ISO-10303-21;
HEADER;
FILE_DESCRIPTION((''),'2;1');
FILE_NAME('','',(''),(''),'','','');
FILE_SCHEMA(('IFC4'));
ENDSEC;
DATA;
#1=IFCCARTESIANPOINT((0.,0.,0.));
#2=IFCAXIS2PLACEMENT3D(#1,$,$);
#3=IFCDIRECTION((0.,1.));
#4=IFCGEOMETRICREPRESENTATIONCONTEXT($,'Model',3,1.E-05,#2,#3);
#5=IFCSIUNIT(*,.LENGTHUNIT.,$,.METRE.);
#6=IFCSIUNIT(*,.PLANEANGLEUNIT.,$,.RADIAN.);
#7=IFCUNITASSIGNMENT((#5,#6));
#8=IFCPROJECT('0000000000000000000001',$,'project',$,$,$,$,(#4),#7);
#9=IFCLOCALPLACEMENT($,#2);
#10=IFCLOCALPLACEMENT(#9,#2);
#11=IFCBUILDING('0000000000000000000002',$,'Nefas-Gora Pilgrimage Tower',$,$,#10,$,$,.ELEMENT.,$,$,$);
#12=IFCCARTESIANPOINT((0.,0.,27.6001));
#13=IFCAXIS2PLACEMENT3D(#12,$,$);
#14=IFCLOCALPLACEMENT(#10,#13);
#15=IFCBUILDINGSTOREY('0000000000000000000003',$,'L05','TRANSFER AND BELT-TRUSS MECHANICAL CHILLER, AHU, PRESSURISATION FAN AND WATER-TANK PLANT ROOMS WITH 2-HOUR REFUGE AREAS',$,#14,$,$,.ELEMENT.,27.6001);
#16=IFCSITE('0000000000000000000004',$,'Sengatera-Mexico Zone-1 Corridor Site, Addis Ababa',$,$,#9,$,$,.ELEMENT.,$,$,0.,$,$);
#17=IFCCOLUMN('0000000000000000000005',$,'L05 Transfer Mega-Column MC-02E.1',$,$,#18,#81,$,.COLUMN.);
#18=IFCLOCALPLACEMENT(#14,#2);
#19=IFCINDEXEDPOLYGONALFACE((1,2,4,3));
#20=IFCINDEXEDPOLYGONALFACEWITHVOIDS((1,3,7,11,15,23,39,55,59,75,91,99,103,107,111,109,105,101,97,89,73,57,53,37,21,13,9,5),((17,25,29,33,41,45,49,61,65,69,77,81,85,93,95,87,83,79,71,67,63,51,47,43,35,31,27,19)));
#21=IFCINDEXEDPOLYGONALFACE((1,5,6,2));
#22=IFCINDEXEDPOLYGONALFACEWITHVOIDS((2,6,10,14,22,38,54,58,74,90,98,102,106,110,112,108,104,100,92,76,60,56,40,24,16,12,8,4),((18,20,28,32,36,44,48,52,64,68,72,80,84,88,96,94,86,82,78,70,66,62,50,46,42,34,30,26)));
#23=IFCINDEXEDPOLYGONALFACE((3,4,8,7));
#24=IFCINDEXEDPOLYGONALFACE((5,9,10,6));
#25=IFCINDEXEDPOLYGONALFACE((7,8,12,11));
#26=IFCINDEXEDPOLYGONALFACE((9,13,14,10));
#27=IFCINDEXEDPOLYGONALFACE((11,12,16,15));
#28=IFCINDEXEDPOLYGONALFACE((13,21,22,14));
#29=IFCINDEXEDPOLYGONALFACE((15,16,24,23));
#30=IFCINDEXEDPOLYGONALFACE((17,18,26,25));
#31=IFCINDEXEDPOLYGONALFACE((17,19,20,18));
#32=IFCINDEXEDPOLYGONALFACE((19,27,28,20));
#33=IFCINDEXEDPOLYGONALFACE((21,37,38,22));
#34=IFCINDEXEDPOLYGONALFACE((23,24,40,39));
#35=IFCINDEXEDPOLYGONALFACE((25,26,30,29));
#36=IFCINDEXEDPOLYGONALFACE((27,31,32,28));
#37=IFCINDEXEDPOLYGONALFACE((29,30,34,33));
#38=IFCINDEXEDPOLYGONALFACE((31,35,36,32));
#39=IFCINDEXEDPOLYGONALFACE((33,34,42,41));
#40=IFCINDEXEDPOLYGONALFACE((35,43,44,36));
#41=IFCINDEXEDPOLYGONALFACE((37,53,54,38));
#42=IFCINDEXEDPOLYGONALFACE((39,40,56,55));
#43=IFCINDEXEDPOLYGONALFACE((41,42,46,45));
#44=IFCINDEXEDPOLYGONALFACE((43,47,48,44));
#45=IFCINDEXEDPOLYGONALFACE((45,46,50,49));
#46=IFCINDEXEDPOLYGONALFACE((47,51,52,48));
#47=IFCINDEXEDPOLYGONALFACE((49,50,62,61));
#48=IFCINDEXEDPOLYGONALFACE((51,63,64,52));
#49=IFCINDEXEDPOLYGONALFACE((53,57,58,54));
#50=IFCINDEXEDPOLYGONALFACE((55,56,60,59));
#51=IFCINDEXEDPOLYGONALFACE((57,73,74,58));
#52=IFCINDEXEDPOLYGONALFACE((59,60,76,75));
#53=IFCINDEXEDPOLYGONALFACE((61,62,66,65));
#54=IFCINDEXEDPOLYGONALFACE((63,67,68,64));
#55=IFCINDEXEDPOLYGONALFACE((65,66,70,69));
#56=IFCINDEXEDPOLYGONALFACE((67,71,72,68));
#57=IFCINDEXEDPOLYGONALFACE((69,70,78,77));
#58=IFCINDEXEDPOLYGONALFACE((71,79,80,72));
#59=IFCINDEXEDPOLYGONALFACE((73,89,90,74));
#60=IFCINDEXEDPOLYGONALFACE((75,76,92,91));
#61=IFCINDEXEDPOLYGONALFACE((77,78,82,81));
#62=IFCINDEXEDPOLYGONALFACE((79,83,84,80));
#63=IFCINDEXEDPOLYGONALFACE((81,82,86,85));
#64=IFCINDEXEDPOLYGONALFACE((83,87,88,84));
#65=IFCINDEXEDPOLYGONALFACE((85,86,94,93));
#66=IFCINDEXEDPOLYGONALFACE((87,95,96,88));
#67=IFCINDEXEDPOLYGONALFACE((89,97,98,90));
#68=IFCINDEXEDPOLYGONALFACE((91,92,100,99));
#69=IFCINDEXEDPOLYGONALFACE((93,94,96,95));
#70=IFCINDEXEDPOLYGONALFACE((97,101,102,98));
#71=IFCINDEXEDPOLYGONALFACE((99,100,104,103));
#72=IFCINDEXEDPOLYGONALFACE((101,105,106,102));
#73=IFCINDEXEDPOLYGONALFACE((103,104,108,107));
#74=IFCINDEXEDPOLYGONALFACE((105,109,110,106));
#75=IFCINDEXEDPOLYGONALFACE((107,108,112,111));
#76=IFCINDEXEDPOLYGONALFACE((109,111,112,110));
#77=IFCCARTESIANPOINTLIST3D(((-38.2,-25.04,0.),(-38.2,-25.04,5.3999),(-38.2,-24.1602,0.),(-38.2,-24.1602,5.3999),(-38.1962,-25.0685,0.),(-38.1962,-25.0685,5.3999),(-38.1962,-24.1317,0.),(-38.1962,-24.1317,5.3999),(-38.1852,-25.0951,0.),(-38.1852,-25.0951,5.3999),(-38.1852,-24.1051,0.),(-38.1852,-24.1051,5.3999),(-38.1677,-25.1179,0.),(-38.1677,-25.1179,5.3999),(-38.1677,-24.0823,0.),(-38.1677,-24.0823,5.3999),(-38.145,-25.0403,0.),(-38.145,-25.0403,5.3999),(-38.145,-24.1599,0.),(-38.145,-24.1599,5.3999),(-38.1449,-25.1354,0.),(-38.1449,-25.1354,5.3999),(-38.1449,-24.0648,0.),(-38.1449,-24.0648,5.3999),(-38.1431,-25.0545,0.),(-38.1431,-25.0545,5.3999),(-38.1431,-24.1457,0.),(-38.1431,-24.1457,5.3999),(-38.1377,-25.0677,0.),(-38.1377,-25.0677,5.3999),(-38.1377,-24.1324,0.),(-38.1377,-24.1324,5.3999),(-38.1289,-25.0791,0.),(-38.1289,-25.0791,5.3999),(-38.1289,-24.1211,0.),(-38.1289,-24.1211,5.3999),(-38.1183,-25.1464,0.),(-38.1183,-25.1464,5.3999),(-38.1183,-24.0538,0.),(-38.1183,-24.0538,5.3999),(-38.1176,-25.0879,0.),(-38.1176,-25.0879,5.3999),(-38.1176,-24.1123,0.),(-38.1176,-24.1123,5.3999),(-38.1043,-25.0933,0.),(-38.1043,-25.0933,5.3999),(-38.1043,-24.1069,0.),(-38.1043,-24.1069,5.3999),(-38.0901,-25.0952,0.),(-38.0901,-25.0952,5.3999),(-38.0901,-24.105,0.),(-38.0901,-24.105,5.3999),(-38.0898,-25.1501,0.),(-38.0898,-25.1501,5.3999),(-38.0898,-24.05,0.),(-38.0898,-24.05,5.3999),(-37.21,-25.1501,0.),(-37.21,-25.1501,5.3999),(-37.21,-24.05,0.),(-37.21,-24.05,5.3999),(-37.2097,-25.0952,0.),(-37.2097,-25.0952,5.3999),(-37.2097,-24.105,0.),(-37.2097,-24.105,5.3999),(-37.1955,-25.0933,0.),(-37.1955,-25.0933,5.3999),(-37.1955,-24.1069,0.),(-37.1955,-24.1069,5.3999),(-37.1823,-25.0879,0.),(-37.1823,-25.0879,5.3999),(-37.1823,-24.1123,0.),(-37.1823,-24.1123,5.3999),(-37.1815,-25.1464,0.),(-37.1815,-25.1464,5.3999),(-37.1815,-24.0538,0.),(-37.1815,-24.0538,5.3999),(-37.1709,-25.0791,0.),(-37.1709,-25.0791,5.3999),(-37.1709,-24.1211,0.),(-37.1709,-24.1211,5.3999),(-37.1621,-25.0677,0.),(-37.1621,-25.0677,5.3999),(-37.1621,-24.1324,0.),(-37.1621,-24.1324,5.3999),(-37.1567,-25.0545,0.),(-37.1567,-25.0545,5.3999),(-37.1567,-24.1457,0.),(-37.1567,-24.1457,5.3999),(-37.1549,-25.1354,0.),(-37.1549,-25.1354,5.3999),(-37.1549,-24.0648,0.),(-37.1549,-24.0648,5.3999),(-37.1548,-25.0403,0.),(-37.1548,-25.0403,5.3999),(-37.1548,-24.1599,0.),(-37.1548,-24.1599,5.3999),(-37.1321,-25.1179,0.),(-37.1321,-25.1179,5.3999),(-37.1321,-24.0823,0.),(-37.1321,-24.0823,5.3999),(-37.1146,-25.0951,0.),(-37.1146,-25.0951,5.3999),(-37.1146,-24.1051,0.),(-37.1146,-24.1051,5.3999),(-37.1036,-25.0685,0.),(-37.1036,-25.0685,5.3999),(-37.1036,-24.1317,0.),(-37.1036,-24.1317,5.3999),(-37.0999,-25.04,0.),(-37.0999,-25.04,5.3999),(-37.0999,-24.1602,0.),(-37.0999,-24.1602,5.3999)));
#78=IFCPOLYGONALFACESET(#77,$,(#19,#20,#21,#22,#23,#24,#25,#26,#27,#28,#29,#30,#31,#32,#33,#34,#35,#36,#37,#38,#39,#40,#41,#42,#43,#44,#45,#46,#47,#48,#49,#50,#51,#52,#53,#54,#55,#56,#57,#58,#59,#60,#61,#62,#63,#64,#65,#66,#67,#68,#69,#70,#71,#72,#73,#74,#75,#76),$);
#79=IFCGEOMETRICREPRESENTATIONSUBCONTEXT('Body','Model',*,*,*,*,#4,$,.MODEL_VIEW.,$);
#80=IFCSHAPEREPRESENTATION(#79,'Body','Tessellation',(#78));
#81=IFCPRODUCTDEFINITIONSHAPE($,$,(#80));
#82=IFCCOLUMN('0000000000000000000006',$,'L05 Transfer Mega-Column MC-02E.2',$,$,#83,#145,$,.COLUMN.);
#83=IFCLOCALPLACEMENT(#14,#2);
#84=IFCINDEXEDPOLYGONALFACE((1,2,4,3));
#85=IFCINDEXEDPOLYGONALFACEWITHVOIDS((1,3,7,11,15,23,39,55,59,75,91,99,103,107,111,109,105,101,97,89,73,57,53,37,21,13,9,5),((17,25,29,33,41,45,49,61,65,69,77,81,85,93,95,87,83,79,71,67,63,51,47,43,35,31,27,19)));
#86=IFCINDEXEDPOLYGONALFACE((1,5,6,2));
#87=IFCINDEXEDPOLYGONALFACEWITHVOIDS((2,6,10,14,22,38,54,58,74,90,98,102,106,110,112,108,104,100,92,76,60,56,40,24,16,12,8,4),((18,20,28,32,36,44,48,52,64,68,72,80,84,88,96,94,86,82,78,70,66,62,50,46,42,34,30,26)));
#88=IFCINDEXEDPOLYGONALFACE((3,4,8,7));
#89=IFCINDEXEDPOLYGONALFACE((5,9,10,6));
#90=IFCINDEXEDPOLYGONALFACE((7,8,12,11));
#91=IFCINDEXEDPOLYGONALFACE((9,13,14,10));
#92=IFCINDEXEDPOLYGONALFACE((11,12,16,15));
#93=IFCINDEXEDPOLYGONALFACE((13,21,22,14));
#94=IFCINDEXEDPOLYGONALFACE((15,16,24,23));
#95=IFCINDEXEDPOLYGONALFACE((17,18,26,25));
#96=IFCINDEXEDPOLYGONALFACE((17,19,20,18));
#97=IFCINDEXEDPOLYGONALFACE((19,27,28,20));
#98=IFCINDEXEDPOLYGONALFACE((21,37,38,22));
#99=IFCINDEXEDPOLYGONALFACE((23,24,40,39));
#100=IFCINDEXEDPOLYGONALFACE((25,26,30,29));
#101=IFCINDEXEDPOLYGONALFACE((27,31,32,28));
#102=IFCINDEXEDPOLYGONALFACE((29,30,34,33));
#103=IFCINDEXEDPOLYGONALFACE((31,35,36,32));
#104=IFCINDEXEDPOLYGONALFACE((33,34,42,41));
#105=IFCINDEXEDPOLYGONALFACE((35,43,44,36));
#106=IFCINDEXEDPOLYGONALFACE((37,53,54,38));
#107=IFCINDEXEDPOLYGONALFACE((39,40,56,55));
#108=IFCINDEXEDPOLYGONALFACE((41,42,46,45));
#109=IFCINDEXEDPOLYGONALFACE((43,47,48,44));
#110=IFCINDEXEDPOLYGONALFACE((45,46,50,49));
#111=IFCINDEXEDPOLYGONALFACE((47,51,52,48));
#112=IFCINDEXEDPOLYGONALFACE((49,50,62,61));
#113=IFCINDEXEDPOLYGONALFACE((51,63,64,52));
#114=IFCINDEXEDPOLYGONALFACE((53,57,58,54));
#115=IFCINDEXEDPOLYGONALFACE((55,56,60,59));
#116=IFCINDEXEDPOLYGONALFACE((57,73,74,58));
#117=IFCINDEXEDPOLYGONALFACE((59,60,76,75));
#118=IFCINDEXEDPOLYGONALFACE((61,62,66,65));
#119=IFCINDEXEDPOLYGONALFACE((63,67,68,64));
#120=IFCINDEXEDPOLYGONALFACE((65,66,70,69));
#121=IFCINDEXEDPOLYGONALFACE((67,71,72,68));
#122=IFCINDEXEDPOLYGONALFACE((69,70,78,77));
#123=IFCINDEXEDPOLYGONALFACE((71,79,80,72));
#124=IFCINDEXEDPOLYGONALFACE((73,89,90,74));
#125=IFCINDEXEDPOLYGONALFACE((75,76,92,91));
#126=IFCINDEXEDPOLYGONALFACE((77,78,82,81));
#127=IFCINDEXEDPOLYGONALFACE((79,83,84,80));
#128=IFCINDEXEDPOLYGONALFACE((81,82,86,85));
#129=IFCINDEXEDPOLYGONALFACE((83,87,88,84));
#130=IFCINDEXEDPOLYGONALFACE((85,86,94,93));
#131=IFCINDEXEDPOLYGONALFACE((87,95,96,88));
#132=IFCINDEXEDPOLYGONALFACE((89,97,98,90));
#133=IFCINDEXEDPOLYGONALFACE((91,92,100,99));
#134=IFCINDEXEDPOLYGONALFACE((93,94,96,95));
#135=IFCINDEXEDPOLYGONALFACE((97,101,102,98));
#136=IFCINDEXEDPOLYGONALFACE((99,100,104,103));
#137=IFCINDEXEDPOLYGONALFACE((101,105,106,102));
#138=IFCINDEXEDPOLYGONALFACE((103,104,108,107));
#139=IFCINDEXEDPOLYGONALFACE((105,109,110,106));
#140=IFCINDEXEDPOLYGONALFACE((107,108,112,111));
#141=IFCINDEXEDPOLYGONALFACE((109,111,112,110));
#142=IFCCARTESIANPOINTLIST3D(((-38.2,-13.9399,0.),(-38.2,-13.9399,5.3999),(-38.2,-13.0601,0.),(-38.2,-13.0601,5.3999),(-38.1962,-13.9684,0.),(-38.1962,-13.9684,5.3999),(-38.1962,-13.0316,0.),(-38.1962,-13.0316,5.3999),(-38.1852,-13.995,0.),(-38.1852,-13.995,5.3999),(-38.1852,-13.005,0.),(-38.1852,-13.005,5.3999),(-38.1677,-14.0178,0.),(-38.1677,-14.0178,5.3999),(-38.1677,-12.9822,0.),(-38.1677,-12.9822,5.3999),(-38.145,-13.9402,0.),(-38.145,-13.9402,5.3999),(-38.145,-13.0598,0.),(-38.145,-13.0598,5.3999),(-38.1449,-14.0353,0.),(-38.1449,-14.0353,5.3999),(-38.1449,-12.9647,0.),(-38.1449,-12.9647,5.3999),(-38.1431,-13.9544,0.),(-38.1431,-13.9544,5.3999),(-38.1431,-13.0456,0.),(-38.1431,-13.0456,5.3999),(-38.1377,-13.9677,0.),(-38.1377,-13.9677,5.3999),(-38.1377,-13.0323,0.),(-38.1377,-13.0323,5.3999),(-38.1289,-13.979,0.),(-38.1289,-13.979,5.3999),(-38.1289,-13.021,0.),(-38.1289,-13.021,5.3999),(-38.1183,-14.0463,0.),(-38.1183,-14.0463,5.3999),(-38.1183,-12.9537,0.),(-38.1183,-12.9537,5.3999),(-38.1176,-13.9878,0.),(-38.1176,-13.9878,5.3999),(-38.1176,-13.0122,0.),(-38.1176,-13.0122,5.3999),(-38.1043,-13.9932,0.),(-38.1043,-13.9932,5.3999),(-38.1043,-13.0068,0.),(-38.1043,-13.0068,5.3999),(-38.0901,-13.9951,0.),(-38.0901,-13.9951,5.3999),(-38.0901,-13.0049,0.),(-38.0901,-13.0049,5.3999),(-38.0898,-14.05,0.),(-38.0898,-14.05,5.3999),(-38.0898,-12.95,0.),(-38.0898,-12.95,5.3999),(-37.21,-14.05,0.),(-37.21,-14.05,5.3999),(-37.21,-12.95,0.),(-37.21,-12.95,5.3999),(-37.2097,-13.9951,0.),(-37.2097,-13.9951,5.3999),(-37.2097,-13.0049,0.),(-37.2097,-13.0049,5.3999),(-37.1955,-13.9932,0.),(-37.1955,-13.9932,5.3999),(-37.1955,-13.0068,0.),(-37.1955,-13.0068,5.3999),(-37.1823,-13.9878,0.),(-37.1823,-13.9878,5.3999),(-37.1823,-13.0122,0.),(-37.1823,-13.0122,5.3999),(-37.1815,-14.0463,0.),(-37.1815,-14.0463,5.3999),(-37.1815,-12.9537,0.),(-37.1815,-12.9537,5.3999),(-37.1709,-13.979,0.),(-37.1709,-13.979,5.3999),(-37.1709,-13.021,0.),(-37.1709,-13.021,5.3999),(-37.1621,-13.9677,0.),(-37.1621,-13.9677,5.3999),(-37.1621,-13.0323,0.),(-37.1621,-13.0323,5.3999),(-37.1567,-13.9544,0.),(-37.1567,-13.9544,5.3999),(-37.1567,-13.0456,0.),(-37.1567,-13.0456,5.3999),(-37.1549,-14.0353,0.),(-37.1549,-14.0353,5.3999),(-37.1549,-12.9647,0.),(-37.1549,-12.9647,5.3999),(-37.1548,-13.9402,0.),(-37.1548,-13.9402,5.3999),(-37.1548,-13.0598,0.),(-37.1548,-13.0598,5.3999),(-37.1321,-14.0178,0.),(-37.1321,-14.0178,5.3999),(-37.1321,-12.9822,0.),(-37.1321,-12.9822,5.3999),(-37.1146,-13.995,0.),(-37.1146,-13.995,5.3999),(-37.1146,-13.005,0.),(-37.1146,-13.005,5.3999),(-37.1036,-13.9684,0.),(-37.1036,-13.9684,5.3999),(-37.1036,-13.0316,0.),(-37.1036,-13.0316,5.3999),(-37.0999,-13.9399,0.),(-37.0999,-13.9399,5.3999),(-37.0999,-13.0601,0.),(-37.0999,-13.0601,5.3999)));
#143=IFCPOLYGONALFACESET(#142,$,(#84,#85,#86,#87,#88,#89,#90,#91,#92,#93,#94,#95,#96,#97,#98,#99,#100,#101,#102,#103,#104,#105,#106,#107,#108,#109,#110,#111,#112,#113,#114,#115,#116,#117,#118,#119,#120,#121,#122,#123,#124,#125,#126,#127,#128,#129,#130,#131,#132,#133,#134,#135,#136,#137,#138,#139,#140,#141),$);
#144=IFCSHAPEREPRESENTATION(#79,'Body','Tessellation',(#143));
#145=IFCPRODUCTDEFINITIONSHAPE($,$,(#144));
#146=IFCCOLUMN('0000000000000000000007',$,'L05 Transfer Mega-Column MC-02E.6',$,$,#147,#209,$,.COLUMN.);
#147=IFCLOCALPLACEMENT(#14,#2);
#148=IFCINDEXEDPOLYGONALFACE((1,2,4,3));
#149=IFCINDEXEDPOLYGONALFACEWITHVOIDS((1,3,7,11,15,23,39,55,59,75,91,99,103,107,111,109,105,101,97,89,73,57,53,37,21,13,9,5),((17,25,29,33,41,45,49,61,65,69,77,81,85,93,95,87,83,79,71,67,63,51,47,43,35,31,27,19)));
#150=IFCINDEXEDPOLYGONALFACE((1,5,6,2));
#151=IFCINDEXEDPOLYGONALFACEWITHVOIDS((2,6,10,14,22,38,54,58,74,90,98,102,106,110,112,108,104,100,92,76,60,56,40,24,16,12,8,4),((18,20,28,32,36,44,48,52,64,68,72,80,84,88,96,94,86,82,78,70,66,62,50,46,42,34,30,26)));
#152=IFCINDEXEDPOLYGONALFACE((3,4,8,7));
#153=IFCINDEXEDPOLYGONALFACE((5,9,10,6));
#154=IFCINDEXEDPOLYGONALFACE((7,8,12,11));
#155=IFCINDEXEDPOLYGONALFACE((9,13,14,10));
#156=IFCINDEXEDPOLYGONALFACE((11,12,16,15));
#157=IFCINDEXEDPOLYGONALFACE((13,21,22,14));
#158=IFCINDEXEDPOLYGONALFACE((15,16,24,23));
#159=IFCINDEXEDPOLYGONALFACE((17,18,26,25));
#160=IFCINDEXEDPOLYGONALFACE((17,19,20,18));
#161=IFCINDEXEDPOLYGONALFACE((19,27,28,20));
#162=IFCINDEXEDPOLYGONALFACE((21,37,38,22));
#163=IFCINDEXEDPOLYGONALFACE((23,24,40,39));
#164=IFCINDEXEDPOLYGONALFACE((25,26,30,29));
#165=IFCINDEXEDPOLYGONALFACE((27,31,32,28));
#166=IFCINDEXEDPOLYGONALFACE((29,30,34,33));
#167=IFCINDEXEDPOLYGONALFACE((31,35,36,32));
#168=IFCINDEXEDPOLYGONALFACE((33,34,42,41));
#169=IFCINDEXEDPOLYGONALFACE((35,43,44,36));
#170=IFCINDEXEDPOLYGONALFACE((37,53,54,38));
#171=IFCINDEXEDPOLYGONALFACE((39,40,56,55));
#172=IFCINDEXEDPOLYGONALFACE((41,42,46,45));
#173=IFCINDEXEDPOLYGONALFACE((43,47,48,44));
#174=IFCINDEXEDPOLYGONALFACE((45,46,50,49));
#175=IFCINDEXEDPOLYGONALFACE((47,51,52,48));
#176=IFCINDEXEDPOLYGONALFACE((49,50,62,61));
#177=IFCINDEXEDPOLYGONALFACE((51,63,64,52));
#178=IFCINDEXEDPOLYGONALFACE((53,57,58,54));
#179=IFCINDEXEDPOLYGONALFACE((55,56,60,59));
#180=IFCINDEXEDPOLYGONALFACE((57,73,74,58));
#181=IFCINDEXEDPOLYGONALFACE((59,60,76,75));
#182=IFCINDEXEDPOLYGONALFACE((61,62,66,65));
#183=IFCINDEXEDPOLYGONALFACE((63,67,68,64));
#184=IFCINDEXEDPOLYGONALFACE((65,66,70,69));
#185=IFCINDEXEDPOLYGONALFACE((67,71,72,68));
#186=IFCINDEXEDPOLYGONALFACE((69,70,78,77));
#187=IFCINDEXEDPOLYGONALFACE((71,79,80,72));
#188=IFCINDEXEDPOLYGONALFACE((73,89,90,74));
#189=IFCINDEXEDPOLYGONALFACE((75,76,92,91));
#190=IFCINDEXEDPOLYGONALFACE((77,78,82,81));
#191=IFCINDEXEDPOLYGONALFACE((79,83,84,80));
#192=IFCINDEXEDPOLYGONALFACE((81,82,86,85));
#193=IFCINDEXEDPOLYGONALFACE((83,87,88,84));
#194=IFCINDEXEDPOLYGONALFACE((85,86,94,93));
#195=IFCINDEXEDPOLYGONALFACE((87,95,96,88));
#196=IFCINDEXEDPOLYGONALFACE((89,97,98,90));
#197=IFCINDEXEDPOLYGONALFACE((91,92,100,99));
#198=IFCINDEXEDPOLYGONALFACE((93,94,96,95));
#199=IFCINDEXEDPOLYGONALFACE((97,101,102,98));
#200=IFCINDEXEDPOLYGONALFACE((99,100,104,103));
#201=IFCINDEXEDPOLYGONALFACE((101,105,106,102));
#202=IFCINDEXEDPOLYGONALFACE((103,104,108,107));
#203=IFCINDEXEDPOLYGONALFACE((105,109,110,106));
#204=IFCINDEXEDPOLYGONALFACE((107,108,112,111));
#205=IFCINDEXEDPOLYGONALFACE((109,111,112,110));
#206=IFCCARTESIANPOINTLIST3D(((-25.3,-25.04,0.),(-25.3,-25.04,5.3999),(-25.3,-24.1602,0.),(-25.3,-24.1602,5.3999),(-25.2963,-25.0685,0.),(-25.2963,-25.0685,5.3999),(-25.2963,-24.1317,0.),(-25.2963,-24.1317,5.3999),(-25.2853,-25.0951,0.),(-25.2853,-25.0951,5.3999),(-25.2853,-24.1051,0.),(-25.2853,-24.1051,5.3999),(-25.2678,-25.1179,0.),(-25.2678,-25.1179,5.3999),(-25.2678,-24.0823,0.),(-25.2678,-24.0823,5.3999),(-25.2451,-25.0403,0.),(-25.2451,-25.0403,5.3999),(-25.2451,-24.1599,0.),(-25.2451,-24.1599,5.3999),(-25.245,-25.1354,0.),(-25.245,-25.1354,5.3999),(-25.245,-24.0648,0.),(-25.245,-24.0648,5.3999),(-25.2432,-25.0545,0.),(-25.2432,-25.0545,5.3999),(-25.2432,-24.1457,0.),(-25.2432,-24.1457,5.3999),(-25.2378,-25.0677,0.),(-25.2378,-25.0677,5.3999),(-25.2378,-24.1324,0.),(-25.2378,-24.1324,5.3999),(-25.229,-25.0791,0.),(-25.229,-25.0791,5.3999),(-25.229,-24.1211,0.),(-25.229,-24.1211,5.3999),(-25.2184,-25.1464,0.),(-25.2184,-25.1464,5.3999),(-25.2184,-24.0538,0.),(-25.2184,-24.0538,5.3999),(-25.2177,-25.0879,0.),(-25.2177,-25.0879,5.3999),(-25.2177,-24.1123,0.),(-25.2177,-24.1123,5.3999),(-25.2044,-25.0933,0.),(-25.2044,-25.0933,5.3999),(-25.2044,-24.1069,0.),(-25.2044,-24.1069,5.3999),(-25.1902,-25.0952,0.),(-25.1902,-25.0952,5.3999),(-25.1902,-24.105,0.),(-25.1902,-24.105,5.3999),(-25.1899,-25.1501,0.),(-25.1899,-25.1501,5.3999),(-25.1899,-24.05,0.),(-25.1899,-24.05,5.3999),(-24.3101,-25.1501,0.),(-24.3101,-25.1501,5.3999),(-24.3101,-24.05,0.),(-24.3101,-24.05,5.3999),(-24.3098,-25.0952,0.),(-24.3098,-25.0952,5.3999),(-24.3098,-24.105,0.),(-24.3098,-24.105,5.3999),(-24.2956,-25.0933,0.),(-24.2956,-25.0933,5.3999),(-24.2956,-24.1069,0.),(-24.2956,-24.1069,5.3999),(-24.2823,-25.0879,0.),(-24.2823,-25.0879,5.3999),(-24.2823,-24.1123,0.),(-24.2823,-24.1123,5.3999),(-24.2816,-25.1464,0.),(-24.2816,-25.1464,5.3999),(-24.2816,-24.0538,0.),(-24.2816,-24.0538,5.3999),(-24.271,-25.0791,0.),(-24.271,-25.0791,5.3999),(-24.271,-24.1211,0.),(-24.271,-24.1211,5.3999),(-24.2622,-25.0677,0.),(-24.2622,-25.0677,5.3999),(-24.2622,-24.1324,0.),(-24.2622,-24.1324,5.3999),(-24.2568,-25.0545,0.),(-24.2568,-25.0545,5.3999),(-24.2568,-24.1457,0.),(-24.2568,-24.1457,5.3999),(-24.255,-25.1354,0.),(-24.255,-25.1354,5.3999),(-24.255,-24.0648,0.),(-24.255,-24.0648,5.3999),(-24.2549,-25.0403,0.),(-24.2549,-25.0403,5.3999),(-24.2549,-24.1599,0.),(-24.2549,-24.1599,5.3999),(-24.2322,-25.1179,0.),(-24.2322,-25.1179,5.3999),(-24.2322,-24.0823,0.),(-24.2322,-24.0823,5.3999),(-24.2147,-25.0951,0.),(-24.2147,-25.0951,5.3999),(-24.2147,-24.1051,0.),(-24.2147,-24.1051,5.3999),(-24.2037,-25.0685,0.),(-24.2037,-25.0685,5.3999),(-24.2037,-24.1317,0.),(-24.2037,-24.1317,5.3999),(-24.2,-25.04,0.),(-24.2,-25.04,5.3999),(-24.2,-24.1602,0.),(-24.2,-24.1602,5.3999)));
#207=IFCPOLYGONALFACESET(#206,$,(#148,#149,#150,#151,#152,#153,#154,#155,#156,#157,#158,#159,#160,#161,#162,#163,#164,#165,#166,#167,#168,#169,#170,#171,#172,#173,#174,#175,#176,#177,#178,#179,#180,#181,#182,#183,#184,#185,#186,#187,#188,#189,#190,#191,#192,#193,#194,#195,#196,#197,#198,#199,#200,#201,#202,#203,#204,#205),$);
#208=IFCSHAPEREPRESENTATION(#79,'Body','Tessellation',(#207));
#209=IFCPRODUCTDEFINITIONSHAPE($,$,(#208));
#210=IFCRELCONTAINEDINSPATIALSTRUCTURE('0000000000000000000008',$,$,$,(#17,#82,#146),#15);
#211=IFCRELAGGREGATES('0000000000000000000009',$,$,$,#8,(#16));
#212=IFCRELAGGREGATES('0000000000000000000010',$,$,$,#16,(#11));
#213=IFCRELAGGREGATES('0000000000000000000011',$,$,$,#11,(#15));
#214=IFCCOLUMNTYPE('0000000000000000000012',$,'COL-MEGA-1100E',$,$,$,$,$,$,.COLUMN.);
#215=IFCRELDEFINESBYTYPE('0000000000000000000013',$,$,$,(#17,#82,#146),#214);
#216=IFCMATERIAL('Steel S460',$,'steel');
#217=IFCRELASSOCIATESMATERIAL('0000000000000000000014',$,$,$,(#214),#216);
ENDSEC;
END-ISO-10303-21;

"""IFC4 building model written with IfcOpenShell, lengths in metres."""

from ifc_helpers import new_model, si_unit, direction, frame, origin, origin_2d, place, context, subcontext, project, spatial, hollow_rectangle, extrude, source, transform, mapped, material, material_profile, profile_set, type_object, element, save


model = new_model("IFC4")

# Units and contexts
model_context = context("Model", 3, precision=1e-05, world=origin(), true_north=direction((0.0, 1.0)))
body_context = subcontext(model_context, "Body", "Model", "MODEL_VIEW")
ifc_project = project(units=[si_unit("LENGTHUNIT", "METRE"), si_unit("PLANEANGLEUNIT", "RADIAN")], contexts=[model_context])

# Site, building, storey
site_placement = place(None, origin())
site = spatial("IfcSite", under=ifc_project, at=site_placement, Name="Sengatera-Mexico Zone-1 Corridor Site, Addis Ababa", CompositionType="ELEMENT", RefElevation=0.0)
building_placement = place(site_placement, origin())
building = spatial("IfcBuilding", under=site, at=building_placement, Name="Nefas-Gora Pilgrimage Tower", CompositionType="ELEMENT")
storey_placement = place(building_placement, frame((0.0, 0.0, 27.6001)))
storey = spatial("IfcBuildingStorey", under=building, at=storey_placement, Name="L05", Description="TRANSFER AND BELT-TRUSS MECHANICAL CHILLER, AHU, PRESSURISATION FAN AND WATER-TANK PLANT ROOMS WITH 2-HOUR REFUGE AREAS", CompositionType="ELEMENT", Elevation=27.6001)

# Columns
ifc_material_1 = material(Name="Steel S460", Category="steel")
ifc_material_profile_1 = material_profile(ifc_material_1, hollow_rectangle(XDim=1.1001, YDim=1.1001, WallThickness=0.0549, InnerFilletRadius=0.0549, OuterFilletRadius=0.1101, at=origin_2d()), Name="BOX 1100x1100x55")
ifc_profile_set_1 = profile_set([ifc_material_profile_1], Name="Steel S460")
column_type_1 = type_object("IfcColumnType", Name="COL-MEGA-1100E", PredefinedType="COLUMN", material=ifc_profile_set_1)
shared_shape_1 = source(origin(), body_context, "Body", "SweptSolid", [
    extrude(hollow_rectangle(XDim=1.1001, YDim=1.1001, WallThickness=0.0549, InnerFilletRadius=0.0549, OuterFilletRadius=0.1101, at=origin_2d()), origin(), (0.0, 0.0, 1.0), 5.3999),
])
for number, where, z_axis, x_axis, name in (
    (1, (-37.6499, -24.6001, 0.0), (0.0, 0.0, 1.0), (1.0, 0.0, 0.0), "L05 Transfer Mega-Column MC-02E.1"),
    (2, (-37.6499, -13.5, 0.0), (0.0, 0.0, 1.0), (1.0, 0.0, 0.0), "L05 Transfer Mega-Column MC-02E.2"),
    (3, (-24.75, -24.6001, 0.0), (0.0, 0.0, 1.0), (1.0, 0.0, 0.0), "L05 Transfer Mega-Column MC-02E.6"),
):
    element("IfcColumn", number, at=place(storey_placement, frame(where, z_axis=z_axis, x_axis=x_axis)), inside=storey, type_object=column_type_1, Name=name, PredefinedType="COLUMN", context=body_context, shape_type="MappedRepresentation", body=[
        mapped(shared_shape_1, transform((0.0, 0.0, 0.0), x_axis=(1.0, 0.0, 0.0), y_axis=(0.0, 1.0, 0.0), z_axis=(0.0, 0.0, 1.0), scale=1.0)),
    ])

save(model, "model.ifc")
